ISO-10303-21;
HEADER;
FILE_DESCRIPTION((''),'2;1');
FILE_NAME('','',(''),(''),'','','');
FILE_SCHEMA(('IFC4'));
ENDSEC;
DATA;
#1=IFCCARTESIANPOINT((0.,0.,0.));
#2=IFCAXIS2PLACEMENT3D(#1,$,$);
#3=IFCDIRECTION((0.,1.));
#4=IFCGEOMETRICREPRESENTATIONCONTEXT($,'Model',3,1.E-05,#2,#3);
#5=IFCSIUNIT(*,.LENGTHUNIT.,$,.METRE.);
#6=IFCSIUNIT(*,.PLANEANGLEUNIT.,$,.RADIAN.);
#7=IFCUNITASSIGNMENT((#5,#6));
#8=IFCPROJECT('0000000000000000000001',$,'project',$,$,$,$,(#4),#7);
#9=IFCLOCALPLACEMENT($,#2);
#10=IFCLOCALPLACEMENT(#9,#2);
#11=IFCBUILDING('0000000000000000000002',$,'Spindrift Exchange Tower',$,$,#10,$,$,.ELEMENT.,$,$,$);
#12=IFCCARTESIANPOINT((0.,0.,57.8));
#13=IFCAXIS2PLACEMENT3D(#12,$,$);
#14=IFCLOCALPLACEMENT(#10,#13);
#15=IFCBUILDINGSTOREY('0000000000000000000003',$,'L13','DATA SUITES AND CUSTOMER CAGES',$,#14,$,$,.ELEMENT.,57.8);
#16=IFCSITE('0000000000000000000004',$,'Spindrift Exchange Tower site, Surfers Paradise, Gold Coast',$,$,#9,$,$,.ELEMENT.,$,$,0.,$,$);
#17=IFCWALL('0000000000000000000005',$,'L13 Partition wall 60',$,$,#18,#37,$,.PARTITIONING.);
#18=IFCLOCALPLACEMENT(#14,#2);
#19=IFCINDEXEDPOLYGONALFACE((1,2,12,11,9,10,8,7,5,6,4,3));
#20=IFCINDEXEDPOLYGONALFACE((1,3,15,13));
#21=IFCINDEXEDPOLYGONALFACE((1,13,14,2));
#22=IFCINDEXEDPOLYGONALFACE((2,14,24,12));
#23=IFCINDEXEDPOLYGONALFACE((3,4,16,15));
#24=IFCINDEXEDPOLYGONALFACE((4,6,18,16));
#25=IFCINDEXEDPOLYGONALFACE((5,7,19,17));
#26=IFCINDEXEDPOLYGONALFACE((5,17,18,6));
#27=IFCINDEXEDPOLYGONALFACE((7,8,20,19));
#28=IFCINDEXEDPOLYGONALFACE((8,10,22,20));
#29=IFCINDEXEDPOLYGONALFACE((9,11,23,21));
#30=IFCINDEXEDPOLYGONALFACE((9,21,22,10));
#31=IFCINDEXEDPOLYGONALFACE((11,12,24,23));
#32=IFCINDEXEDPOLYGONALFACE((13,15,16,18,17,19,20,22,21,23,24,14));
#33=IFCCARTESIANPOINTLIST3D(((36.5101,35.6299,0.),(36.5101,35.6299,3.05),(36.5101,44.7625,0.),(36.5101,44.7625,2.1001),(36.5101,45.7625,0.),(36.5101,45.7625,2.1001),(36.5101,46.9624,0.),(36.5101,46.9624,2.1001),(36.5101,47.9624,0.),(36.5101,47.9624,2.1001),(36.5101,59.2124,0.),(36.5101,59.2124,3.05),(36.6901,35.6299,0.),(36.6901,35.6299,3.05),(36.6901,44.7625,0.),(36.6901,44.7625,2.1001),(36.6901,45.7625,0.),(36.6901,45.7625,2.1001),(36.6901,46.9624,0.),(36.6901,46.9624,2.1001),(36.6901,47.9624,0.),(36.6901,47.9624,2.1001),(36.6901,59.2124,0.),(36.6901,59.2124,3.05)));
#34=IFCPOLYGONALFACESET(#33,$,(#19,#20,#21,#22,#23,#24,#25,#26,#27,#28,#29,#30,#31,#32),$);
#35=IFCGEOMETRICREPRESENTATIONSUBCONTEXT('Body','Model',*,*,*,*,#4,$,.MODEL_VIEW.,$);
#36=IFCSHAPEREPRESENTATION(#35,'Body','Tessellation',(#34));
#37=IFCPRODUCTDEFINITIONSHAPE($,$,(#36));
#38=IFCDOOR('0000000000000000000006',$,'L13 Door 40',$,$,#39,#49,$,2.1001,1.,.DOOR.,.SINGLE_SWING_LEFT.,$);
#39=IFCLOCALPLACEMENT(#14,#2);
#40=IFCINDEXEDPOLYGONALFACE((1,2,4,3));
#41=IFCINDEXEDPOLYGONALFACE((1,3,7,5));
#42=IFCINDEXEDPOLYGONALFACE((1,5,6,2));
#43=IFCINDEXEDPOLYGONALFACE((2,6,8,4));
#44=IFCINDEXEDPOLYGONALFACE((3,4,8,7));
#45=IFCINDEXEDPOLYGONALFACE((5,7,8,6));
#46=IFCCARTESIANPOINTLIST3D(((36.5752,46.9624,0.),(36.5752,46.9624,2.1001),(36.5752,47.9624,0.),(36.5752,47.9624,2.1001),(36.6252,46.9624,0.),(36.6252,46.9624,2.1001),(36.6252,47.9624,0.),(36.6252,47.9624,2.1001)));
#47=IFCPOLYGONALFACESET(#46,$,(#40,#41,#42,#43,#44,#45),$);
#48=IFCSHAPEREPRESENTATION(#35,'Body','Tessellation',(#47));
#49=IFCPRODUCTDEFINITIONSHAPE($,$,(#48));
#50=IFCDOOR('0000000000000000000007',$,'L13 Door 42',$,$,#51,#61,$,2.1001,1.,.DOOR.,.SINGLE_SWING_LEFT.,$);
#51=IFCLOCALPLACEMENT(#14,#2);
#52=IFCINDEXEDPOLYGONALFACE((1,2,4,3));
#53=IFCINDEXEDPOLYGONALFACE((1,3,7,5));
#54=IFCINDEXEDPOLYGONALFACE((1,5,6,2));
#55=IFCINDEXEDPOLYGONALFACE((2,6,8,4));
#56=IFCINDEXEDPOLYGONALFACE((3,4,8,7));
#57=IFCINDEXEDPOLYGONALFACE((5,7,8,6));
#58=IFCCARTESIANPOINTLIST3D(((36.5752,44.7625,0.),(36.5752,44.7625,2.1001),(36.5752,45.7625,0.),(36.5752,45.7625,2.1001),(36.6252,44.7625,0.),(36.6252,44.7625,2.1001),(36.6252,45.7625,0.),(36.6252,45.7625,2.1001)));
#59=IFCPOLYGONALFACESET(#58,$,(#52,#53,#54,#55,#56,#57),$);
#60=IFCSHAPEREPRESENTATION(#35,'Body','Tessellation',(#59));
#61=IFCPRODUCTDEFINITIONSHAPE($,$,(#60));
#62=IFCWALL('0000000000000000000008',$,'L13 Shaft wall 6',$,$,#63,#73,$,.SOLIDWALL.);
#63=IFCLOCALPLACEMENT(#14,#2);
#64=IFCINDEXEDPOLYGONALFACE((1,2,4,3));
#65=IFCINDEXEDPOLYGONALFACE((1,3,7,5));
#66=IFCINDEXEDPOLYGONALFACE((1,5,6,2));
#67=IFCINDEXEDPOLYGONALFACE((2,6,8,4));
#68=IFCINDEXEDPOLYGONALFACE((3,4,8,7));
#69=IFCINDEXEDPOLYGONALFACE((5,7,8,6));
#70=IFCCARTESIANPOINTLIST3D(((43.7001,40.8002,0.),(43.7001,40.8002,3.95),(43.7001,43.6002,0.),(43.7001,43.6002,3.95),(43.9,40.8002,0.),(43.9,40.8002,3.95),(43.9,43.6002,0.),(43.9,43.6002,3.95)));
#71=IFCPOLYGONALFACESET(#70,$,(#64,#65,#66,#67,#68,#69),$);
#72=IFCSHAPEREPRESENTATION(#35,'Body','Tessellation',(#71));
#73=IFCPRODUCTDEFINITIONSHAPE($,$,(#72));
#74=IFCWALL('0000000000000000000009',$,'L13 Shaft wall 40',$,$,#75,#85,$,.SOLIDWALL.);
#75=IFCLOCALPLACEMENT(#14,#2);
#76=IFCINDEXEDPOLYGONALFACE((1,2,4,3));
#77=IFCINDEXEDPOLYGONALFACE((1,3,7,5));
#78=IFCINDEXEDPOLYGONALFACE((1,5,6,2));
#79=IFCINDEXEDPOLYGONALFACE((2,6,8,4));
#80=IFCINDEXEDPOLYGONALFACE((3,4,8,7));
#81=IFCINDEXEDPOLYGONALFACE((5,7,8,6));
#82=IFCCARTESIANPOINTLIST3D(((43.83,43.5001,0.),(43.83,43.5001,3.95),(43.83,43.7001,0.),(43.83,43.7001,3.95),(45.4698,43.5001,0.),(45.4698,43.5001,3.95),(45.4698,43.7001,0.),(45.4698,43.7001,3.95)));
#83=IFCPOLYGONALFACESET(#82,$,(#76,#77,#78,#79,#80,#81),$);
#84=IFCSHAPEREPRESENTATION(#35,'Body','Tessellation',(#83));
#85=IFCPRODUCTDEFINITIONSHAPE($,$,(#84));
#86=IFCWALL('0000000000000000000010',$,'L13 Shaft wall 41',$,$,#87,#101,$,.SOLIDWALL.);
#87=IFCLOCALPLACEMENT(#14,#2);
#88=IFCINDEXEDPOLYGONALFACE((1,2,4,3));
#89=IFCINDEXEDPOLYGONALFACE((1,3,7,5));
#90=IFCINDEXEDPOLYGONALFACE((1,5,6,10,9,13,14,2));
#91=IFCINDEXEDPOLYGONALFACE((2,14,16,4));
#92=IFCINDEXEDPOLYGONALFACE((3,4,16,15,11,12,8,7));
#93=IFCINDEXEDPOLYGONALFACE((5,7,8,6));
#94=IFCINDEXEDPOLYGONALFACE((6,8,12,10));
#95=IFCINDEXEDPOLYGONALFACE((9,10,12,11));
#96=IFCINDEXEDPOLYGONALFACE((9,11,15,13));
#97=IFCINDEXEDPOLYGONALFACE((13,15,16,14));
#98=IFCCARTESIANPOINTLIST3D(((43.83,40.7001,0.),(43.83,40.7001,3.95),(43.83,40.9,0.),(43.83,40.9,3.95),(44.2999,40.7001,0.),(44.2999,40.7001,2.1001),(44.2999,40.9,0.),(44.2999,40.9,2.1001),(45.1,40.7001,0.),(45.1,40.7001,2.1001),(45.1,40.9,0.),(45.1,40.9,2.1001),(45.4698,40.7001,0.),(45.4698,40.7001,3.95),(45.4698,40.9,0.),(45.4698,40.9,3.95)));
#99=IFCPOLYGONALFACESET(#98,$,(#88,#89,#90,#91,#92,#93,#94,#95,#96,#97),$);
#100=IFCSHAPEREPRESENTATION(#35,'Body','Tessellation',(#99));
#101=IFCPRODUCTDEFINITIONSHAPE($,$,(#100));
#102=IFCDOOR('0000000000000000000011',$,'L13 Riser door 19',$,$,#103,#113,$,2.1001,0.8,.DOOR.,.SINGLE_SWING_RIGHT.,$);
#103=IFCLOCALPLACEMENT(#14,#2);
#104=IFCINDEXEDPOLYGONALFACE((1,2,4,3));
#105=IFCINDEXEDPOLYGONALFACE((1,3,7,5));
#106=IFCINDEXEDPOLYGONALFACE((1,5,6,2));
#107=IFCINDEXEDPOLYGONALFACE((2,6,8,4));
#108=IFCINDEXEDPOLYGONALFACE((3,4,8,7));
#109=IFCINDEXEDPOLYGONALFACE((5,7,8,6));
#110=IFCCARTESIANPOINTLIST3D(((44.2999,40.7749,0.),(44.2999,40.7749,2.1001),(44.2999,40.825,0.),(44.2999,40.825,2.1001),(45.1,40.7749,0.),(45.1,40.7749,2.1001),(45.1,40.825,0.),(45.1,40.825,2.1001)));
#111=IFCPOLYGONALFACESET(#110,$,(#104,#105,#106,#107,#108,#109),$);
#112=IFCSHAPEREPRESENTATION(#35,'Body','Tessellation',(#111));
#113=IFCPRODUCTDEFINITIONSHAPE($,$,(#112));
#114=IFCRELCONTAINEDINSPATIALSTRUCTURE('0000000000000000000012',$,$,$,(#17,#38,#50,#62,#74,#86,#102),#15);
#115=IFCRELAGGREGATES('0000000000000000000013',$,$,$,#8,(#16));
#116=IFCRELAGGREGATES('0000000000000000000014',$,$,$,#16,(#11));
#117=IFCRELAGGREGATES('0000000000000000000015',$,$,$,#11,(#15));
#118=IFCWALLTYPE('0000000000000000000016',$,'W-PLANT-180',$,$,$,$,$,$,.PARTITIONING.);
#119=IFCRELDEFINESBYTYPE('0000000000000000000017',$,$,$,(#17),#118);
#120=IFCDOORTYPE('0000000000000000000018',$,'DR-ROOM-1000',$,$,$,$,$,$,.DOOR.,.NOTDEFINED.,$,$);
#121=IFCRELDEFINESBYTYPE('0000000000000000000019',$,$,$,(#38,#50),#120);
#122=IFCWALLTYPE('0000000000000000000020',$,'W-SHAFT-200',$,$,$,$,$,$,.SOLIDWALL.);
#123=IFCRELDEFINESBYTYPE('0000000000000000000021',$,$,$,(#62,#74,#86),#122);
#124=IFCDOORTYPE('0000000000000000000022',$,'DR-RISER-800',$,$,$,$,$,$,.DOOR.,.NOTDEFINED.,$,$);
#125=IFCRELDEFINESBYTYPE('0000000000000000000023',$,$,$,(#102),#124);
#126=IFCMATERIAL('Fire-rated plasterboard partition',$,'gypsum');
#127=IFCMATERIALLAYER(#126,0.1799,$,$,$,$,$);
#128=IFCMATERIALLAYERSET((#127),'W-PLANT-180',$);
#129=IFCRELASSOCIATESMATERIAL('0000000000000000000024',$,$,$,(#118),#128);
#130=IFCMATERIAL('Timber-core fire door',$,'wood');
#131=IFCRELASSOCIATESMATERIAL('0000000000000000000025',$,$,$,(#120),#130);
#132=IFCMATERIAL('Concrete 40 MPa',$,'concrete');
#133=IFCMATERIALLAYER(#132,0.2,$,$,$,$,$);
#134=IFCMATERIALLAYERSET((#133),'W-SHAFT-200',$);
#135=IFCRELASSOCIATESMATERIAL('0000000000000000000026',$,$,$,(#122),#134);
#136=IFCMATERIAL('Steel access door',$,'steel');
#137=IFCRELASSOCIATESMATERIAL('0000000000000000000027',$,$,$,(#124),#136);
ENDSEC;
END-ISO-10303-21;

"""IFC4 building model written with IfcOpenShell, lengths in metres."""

from ifc_helpers import new_model, si_unit, direction, frame, frame_2d, origin, place, context, subcontext, project, spatial, rectangle, extrude, source, transform, mapped, material, layer, layer_set, type_object, element, fill, save


model = new_model("IFC4")

# Units and contexts
model_context = context("Model", 3, precision=1e-05, world=origin(), true_north=direction((0.0, 1.0)))
body_context = subcontext(model_context, "Body", "Model", "MODEL_VIEW")
ifc_project = project(units=[si_unit("LENGTHUNIT", "METRE"), si_unit("PLANEANGLEUNIT", "RADIAN")], contexts=[model_context])

# Site, building, storey
site_placement = place(None, origin())
site = spatial("IfcSite", under=ifc_project, at=site_placement, Name="Spindrift Exchange Tower site, Surfers Paradise, Gold Coast", CompositionType="ELEMENT", RefElevation=0.0)
building_placement = place(site_placement, origin())
building = spatial("IfcBuilding", under=site, at=building_placement, Name="Spindrift Exchange Tower", CompositionType="ELEMENT")
storey_placement = place(building_placement, frame((0.0, 0.0, 57.8)))
storey = spatial("IfcBuildingStorey", under=building, at=storey_placement, Name="L13", Description="DATA SUITES AND CUSTOMER CAGES", CompositionType="ELEMENT", Elevation=57.8)

# Shared definitions
ifc_material_1 = material(Name="Fire-rated plasterboard partition", Category="gypsum")
ifc_material_2 = material(Name="Steel access door", Category="steel")

# Wall, openings, doors
ifc_layer_1 = layer(ifc_material_1, 0.1799)
ifc_layer_set_1 = layer_set([ifc_layer_1], Name="W-PLANT-180")
wall_type_1 = type_object("IfcWallType", Name="W-PLANT-180", PredefinedType="PARTITIONING", material=ifc_layer_set_1)
wall_1_placement = place(storey_placement, frame((36.6001, 35.6299, 0.0), z_axis=(0.0, 0.0, 1.0), x_axis=(0.0, 1.0, 0.0)))
wall_1 = element("IfcWall", 1, at=wall_1_placement, inside=storey, type_object=wall_type_1, Name="L13 Partition wall 60", PredefinedType="PARTITIONING", context=body_context, shape_type="SweptSolid", body=[
    extrude(rectangle(XDim=23.5825, YDim=0.1799, at=frame_2d((11.7913, 0.0))), origin(), (0.0, 0.0, 1.0), 3.05),
])
opening_1_placement = place(wall_1_placement, frame((11.3325, 0.0, 0.0)))
opening_1 = element("IfcOpeningElement", 2, at=opening_1_placement, cuts=wall_1, PredefinedType="OPENING", context=body_context, shape_type="SweptSolid", body=[
    extrude(rectangle(XDim=1.0, YDim=2.1001, at=frame_2d((0.5, 1.05))), frame((0.0, 0.0999, 0.0), z_axis=(0.0, -1.0, 0.0), x_axis=(1.0, 0.0, 0.0)), (0.0, 0.0, 1.0), 0.2),
])
opening_2_placement = place(wall_1_placement, frame((9.1326, 0.0, 0.0)))
opening_2 = element("IfcOpeningElement", 3, at=opening_2_placement, cuts=wall_1, PredefinedType="OPENING", context=body_context, shape_type="SweptSolid", body=[
    extrude(rectangle(XDim=1.0, YDim=2.1001, at=frame_2d((0.5, 1.05))), frame((0.0, 0.0999, 0.0), z_axis=(0.0, -1.0, 0.0), x_axis=(1.0, 0.0, 0.0)), (0.0, 0.0, 1.0), 0.2),
])
ifc_material_3 = material(Name="Timber-core fire door", Category="wood")
door_type_1 = type_object("IfcDoorType", Name="DR-ROOM-1000", OperationType="NOTDEFINED", PredefinedType="DOOR", material=ifc_material_3)
shared_shape_1 = source(origin(), body_context, "Body", "SweptSolid", [
    extrude(rectangle(XDim=1.0, YDim=2.1001, at=frame_2d((0.5, 1.05))), frame((0.0, 0.0249, 0.0), z_axis=(0.0, -1.0, 0.0), x_axis=(1.0, 0.0, 0.0)), (0.0, 0.0, 1.0), 0.05),
])
door_1_placement = place(opening_1_placement, origin())
door_1 = element("IfcDoor", 4, at=door_1_placement, inside=storey, type_object=door_type_1, Name="L13 Door 40", OperationType="SINGLE_SWING_LEFT", OverallHeight=2.1001, OverallWidth=1.0, PredefinedType="DOOR", context=body_context, shape_type="MappedRepresentation", body=[
    mapped(shared_shape_1, transform((0.0, 0.0, 0.0), scale=1.0)),
])
fill(opening_1, door_1)
door_2_placement = place(opening_2_placement, origin())
door_2 = element("IfcDoor", 5, at=door_2_placement, inside=storey, type_object=door_type_1, Name="L13 Door 42", OperationType="SINGLE_SWING_LEFT", OverallHeight=2.1001, OverallWidth=1.0, PredefinedType="DOOR", context=body_context, shape_type="MappedRepresentation", body=[
    mapped(shared_shape_1, transform((0.0, 0.0, 0.0), scale=1.0)),
])
fill(opening_2, door_2)

# Walls
ifc_material_4 = material(Name="Concrete 40 MPa", Category="concrete")
ifc_layer_2 = layer(ifc_material_4, 0.2)
ifc_layer_set_2 = layer_set([ifc_layer_2], Name="W-SHAFT-200")
wall_type_2 = type_object("IfcWallType", Name="W-SHAFT-200", PredefinedType="SOLIDWALL", material=ifc_layer_set_2)
wall_2_placement = place(storey_placement, frame((43.8, 43.6001, 0.0), z_axis=(0.0, 0.0, 1.0), x_axis=(0.0, -1.0, 0.0)))
element("IfcWall", 6, at=wall_2_placement, inside=storey, type_object=wall_type_2, Name="L13 Shaft wall 6", PredefinedType="SOLIDWALL", context=body_context, shape_type="SweptSolid", body=[
    extrude(rectangle(XDim=2.8, YDim=0.2, at=frame_2d((1.3999, 0.0))), origin(), (0.0, 0.0, 1.0), 3.95),
])
wall_3_placement = place(storey_placement, frame((43.8301, 43.6001, 0.0), z_axis=(0.0, 0.0, 1.0), x_axis=(1.0, 0.0, 0.0)))
element("IfcWall", 7, at=wall_3_placement, inside=storey, type_object=wall_type_2, Name="L13 Shaft wall 40", PredefinedType="SOLIDWALL", context=body_context, shape_type="SweptSolid", body=[
    extrude(rectangle(XDim=1.6399, YDim=0.2, at=frame_2d((0.8198, 0.0))), origin(), (0.0, 0.0, 1.0), 3.95),
])

# Wall, opening, door
wall_4_placement = place(storey_placement, frame((43.8301, 40.8, 0.0), z_axis=(0.0, 0.0, 1.0), x_axis=(1.0, 0.0, 0.0)))
wall_4 = element("IfcWall", 8, at=wall_4_placement, inside=storey, type_object=wall_type_2, Name="L13 Shaft wall 41", PredefinedType="SOLIDWALL", context=body_context, shape_type="SweptSolid", body=[
    extrude(rectangle(XDim=1.6399, YDim=0.2, at=frame_2d((0.8198, 0.0))), origin(), (0.0, 0.0, 1.0), 3.95),
])
opening_3_placement = place(wall_4_placement, frame((0.47, 0.0, 0.0)))
opening_3 = element("IfcOpeningElement", 9, at=opening_3_placement, cuts=wall_4, PredefinedType="OPENING", context=body_context, shape_type="SweptSolid", body=[
    extrude(rectangle(XDim=0.8, YDim=2.1001, at=frame_2d((0.3999, 1.05))), frame((0.0, 0.1099, 0.0), z_axis=(0.0, -1.0, 0.0), x_axis=(1.0, 0.0, 0.0)), (0.0, 0.0, 1.0), 0.22),
])
door_type_2 = type_object("IfcDoorType", Name="DR-RISER-800", OperationType="NOTDEFINED", PredefinedType="DOOR", material=ifc_material_2)
shared_shape_2 = source(origin(), body_context, "Body", "SweptSolid", [
    extrude(rectangle(XDim=0.8, YDim=2.1001, at=frame_2d((0.3999, 1.05))), frame((0.0, 0.0249, 0.0), z_axis=(0.0, -1.0, 0.0), x_axis=(1.0, 0.0, 0.0)), (0.0, 0.0, 1.0), 0.05),
])
door_3_placement = place(opening_3_placement, origin())
door_3 = element("IfcDoor", 10, at=door_3_placement, inside=storey, type_object=door_type_2, Name="L13 Riser door 19", OperationType="SINGLE_SWING_RIGHT", OverallHeight=2.1001, OverallWidth=0.8, PredefinedType="DOOR", context=body_context, shape_type="MappedRepresentation", body=[
    mapped(shared_shape_2, transform((0.0, 0.0, 0.0), scale=1.0)),
])
fill(opening_3, door_3)

save(model, "model.ifc")
